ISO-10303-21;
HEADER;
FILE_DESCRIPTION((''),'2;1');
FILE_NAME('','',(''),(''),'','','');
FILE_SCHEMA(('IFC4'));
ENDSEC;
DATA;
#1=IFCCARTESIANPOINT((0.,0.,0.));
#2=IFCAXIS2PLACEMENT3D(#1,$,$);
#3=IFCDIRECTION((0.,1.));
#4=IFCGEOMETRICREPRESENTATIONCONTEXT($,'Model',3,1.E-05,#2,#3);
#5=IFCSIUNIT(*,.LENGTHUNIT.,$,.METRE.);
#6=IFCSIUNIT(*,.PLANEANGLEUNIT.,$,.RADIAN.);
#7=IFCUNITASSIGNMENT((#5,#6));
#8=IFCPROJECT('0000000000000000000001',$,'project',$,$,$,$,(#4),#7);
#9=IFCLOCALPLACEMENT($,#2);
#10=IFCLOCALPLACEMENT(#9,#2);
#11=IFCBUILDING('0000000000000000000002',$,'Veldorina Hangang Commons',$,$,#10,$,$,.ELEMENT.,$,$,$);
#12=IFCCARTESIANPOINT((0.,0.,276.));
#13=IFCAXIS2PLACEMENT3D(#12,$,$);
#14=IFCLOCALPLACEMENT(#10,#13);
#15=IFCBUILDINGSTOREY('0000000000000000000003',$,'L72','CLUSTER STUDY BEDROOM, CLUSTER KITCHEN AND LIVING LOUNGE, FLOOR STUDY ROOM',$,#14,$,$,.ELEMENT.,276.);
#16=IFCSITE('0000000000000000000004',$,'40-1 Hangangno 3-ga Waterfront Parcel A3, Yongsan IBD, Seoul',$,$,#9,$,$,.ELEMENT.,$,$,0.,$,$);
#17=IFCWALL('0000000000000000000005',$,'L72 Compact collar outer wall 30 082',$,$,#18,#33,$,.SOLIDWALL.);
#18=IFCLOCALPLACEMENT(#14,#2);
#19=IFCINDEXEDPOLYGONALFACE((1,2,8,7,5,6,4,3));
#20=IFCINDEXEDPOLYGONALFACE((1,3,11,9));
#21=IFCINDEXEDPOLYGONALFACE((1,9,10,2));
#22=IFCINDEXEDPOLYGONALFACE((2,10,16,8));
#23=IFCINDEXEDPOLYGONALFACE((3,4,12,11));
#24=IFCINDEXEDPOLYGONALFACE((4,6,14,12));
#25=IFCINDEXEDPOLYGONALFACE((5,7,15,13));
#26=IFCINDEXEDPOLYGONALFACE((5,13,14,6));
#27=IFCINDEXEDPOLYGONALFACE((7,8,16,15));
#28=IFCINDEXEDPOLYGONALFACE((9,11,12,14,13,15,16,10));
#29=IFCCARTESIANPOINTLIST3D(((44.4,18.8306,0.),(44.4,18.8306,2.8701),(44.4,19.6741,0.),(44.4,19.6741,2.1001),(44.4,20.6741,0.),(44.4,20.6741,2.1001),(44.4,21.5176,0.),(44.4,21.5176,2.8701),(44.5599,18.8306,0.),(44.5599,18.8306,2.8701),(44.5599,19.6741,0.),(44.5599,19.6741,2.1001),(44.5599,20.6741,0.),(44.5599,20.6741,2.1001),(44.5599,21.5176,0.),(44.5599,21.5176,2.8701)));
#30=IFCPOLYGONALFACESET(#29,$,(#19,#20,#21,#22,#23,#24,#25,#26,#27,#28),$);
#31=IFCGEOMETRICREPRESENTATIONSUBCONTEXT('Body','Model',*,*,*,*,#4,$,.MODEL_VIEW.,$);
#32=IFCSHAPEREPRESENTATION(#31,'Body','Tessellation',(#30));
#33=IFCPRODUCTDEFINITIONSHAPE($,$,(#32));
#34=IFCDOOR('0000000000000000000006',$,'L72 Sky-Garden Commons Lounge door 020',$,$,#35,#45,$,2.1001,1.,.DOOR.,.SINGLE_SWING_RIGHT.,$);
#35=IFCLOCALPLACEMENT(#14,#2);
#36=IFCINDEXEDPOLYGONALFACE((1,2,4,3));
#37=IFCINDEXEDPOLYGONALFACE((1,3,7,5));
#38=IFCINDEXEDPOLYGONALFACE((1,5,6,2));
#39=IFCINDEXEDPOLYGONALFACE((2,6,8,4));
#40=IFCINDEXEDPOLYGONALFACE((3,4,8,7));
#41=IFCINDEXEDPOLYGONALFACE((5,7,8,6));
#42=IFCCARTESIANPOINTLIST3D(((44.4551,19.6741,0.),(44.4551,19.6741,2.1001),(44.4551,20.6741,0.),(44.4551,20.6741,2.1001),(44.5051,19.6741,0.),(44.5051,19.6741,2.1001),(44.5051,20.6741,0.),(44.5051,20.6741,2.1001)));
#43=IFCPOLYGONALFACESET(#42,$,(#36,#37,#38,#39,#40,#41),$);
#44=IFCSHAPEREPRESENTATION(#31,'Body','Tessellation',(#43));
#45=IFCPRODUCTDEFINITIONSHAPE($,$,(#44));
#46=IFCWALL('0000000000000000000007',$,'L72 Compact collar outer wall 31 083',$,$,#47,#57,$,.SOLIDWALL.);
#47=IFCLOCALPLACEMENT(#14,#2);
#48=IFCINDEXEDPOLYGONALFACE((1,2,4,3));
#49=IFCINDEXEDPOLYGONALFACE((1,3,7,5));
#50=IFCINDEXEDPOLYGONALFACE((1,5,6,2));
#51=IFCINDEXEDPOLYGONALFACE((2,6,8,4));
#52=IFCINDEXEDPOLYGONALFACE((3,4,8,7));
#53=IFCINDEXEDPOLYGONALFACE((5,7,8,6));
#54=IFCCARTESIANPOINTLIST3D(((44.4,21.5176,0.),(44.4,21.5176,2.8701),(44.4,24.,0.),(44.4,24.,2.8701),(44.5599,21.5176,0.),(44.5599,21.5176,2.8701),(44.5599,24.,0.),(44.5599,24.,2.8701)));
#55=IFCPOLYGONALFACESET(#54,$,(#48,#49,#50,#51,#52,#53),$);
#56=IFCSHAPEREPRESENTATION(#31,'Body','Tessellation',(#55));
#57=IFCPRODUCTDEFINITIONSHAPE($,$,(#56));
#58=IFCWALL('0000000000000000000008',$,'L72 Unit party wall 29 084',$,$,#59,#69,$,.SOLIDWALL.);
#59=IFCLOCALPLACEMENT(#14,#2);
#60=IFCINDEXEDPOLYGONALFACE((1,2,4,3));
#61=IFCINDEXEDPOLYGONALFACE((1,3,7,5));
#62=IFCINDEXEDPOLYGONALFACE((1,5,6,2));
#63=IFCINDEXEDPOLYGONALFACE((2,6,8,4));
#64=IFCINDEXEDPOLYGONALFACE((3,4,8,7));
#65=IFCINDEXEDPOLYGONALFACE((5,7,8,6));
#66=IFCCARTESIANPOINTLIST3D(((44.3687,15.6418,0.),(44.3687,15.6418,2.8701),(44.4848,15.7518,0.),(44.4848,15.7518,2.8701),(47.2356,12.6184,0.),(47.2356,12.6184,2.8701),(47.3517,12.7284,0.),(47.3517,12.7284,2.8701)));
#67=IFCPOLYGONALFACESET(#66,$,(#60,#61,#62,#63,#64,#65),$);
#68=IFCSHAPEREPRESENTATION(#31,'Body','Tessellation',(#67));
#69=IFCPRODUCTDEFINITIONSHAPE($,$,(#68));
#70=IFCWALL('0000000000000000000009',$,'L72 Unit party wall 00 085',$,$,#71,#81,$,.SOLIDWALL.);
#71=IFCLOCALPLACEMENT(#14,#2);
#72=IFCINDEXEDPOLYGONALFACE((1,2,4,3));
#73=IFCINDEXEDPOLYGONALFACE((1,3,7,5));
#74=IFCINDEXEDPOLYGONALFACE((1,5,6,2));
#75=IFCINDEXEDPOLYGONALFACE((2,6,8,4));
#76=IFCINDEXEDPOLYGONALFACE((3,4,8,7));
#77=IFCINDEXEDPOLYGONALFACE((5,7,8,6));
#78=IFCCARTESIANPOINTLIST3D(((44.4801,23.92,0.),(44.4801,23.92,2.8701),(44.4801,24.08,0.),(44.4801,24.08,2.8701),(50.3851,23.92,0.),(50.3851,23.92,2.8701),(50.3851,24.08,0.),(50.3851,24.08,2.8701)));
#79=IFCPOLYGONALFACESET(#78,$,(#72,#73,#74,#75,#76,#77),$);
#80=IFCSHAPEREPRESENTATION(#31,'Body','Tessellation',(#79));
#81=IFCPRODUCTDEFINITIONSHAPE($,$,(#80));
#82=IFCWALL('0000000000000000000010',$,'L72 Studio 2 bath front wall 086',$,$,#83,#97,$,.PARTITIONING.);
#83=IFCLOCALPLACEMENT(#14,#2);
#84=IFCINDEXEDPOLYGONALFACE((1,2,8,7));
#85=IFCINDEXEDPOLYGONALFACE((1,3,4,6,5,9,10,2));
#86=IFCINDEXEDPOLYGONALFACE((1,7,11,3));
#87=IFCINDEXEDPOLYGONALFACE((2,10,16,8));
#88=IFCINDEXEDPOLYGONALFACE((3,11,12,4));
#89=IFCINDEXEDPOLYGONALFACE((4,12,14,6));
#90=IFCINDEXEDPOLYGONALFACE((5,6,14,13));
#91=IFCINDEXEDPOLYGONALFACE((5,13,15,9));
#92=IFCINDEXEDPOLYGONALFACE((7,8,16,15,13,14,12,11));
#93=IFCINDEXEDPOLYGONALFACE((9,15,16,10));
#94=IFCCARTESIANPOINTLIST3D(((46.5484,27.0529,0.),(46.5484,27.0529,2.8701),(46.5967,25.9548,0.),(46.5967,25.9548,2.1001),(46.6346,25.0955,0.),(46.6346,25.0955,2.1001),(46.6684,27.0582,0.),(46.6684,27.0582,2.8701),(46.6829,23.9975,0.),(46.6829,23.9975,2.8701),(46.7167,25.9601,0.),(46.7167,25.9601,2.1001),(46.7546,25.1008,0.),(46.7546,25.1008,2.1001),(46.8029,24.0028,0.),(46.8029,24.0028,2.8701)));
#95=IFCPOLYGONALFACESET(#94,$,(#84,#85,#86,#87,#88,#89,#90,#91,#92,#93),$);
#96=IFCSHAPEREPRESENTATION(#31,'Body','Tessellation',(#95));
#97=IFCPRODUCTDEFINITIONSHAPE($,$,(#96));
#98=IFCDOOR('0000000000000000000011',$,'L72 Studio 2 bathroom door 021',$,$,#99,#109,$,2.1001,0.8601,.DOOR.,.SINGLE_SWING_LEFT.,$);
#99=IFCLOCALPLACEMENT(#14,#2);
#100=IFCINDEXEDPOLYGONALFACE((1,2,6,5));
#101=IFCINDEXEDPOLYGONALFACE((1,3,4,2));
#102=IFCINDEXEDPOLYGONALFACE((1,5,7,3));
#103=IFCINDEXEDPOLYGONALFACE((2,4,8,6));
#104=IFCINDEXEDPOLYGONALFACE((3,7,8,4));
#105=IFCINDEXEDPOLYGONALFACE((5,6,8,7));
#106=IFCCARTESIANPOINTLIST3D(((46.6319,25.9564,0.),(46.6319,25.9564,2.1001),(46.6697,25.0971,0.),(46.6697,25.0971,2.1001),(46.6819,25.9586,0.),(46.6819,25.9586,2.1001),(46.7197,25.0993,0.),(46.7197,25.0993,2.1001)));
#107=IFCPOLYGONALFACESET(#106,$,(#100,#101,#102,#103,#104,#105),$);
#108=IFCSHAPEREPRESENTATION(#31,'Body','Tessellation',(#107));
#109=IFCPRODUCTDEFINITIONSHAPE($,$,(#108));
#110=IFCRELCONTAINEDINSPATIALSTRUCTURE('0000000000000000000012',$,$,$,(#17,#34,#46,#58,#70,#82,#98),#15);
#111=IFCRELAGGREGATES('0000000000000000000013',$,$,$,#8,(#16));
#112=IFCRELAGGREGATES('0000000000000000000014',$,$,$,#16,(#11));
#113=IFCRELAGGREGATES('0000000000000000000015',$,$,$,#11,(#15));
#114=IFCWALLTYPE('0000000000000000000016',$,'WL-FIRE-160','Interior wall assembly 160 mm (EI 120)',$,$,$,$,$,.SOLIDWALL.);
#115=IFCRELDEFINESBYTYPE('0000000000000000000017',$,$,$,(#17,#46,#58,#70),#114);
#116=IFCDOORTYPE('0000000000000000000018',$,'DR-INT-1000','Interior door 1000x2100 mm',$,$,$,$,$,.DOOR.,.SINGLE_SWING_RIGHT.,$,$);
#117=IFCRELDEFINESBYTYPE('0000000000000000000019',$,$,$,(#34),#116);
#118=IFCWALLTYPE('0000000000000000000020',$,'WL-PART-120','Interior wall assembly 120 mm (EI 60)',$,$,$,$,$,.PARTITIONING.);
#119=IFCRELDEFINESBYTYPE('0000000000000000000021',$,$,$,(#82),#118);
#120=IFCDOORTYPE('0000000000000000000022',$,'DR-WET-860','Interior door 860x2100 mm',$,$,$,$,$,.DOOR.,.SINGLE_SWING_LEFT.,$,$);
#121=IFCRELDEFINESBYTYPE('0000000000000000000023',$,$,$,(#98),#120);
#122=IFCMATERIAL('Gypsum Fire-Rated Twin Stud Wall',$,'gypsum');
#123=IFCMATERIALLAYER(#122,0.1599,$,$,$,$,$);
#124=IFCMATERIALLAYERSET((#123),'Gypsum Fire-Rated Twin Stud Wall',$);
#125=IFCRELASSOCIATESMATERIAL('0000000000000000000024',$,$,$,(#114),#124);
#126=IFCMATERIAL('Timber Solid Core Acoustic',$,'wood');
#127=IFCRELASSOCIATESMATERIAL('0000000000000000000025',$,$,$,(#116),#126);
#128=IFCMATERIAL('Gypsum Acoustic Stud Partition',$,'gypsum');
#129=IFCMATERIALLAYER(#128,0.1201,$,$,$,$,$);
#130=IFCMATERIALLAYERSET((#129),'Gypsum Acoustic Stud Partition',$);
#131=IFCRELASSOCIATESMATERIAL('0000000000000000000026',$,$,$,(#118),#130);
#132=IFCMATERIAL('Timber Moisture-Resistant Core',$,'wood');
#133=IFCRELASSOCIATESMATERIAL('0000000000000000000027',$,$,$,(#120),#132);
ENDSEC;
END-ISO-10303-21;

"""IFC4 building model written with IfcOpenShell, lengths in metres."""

from ifc_helpers import new_model, si_unit, direction, frame, frame_2d, origin, place, context, subcontext, project, spatial, rectangle, extrude, material, layer, layer_set, type_object, element, fill, save


model = new_model("IFC4")

# Units and contexts
model_context = context("Model", 3, precision=1e-05, world=origin(), true_north=direction((0.0, 1.0)))
body_context = subcontext(model_context, "Body", "Model", "MODEL_VIEW")
ifc_project = project(units=[si_unit("LENGTHUNIT", "METRE"), si_unit("PLANEANGLEUNIT", "RADIAN")], contexts=[model_context])

# Site, building, storey
site_placement = place(None, origin())
site = spatial("IfcSite", under=ifc_project, at=site_placement, Name="40-1 Hangangno 3-ga Waterfront Parcel A3, Yongsan IBD, Seoul", CompositionType="ELEMENT", RefElevation=0.0)
building_placement = place(site_placement, origin())
building = spatial("IfcBuilding", under=site, at=building_placement, Name="Veldorina Hangang Commons", CompositionType="ELEMENT")
storey_placement = place(building_placement, frame((0.0, 0.0, 276.0)))
storey = spatial("IfcBuildingStorey", under=building, at=storey_placement, Name="L72", Description="CLUSTER STUDY BEDROOM, CLUSTER KITCHEN AND LIVING LOUNGE, FLOOR STUDY ROOM", CompositionType="ELEMENT", Elevation=276.0)

# Shared definitions
ifc_material_1 = material(Name="Gypsum Fire-Rated Twin Stud Wall", Category="gypsum")
ifc_layer_1 = layer(ifc_material_1, 0.1599)
ifc_layer_set_1 = layer_set([ifc_layer_1], Name="Gypsum Fire-Rated Twin Stud Wall")
wall_type_1 = type_object("IfcWallType", Name="WL-FIRE-160", Description="Interior wall assembly 160 mm (EI 120)", PredefinedType="SOLIDWALL", material=ifc_layer_set_1)

# Wall, opening, door
wall_1_placement = place(storey_placement, frame((44.48, 18.8306, 0.0), z_axis=(0.0, 0.0, 1.0), x_axis=(0.0, 1.0, 0.0)))
wall_1 = element("IfcWall", 1, at=wall_1_placement, inside=storey, type_object=wall_type_1, Name="L72 Compact collar outer wall 30 082", PredefinedType="SOLIDWALL", context=body_context, shape_type="SweptSolid", body=[
    extrude(rectangle(XDim=2.687, YDim=0.1599, at=frame_2d((1.3435, 0.0))), origin(), (0.0, 0.0, 1.0), 2.8701),
])
opening_1_placement = place(wall_1_placement, frame((0.8435, 0.0, 0.0)))
opening_1 = element("IfcOpeningElement", 2, at=opening_1_placement, cuts=wall_1, PredefinedType="OPENING", context=body_context, shape_type="SweptSolid", body=[
    extrude(rectangle(XDim=1.0, YDim=2.1001, at=frame_2d((0.5, 1.05))), frame((0.0, 0.0898, 0.0), z_axis=(0.0, -1.0, 0.0), x_axis=(1.0, 0.0, 0.0)), (0.0, 0.0, 1.0), 0.1799),
])
ifc_material_2 = material(Name="Timber Solid Core Acoustic", Category="wood")
door_type_1 = type_object("IfcDoorType", Name="DR-INT-1000", Description="Interior door 1000x2100 mm", OperationType="SINGLE_SWING_RIGHT", PredefinedType="DOOR", material=ifc_material_2)
door_1_placement = place(opening_1_placement, origin())
door_1 = element("IfcDoor", 3, at=door_1_placement, inside=storey, type_object=door_type_1, Name="L72 Sky-Garden Commons Lounge door 020", OperationType="SINGLE_SWING_RIGHT", OverallHeight=2.1001, OverallWidth=1.0, PredefinedType="DOOR", context=body_context, shape_type="SweptSolid", body=[
    extrude(rectangle(XDim=1.0, YDim=2.1001, at=frame_2d((0.5, 1.05))), frame((0.0, 0.0249, 0.0), z_axis=(0.0, -1.0, 0.0), x_axis=(1.0, 0.0, 0.0)), (0.0, 0.0, 1.0), 0.05),
])
fill(opening_1, door_1)

# Walls
wall_2_placement = place(storey_placement, frame((44.48, 21.5176, 0.0), z_axis=(0.0, 0.0, 1.0), x_axis=(0.0, 1.0, 0.0)))
element("IfcWall", 4, at=wall_2_placement, inside=storey, type_object=wall_type_1, Name="L72 Compact collar outer wall 31 083", PredefinedType="SOLIDWALL", context=body_context, shape_type="SweptSolid", body=[
    extrude(rectangle(XDim=2.4824, YDim=0.1599, at=frame_2d((1.2412, 0.0))), origin(), (0.0, 0.0, 1.0), 2.8701),
])
wall_3_placement = place(storey_placement, frame((44.4268, 15.6968, 0.0), z_axis=(0.0, 0.0, 1.0), x_axis=(0.688078, -0.725637, 0.0)))
element("IfcWall", 5, at=wall_3_placement, inside=storey, type_object=wall_type_1, Name="L72 Unit party wall 29 084", PredefinedType="SOLIDWALL", context=body_context, shape_type="SweptSolid", body=[
    extrude(rectangle(XDim=4.1665, YDim=0.1599, at=frame_2d((2.0833, 0.0))), origin(), (0.0, 0.0, 1.0), 2.8701),
])
wall_4_placement = place(storey_placement, frame((44.48, 24.0, 0.0), z_axis=(0.0, 0.0, 1.0), x_axis=(1.0, 0.0, 0.0)))
element("IfcWall", 6, at=wall_4_placement, inside=storey, type_object=wall_type_1, Name="L72 Unit party wall 00 085", PredefinedType="SOLIDWALL", context=body_context, shape_type="SweptSolid", body=[
    extrude(rectangle(XDim=5.905, YDim=0.1599, at=frame_2d((2.9526, 0.0))), origin(), (0.0, 0.0, 1.0), 2.8701),
])

# Wall, opening, door
ifc_material_3 = material(Name="Gypsum Acoustic Stud Partition", Category="gypsum")
ifc_layer_2 = layer(ifc_material_3, 0.1201)
ifc_layer_set_2 = layer_set([ifc_layer_2], Name="Gypsum Acoustic Stud Partition")
wall_type_2 = type_object("IfcWallType", Name="WL-PART-120", Description="Interior wall assembly 120 mm (EI 60)", PredefinedType="PARTITIONING", material=ifc_layer_set_2)
wall_5_placement = place(storey_placement, frame((46.7429, 24.0, 0.0), z_axis=(0.0, 0.0, 1.0), x_axis=(-0.043985, 0.999032, 0.0)))
wall_5 = element("IfcWall", 7, at=wall_5_placement, inside=storey, type_object=wall_type_2, Name="L72 Studio 2 bath front wall 086", PredefinedType="PARTITIONING", context=body_context, shape_type="SweptSolid", body=[
    extrude(rectangle(XDim=3.0583, YDim=0.1201, at=frame_2d((1.5293, 0.0))), origin(), (0.0, 0.0, 1.0), 2.8701),
])
opening_2_placement = place(wall_5_placement, frame((1.0991, 0.0, 0.0)))
opening_2 = element("IfcOpeningElement", 8, at=opening_2_placement, cuts=wall_5, PredefinedType="OPENING", context=body_context, shape_type="SweptSolid", body=[
    extrude(rectangle(XDim=0.8601, YDim=2.1001, at=frame_2d((0.4302, 1.05))), frame((0.0, 0.0701, 0.0), z_axis=(0.0, -1.0, 0.0), x_axis=(1.0, 0.0, 0.0)), (0.0, 0.0, 1.0), 0.1401),
])
ifc_material_4 = material(Name="Timber Moisture-Resistant Core", Category="wood")
door_type_2 = type_object("IfcDoorType", Name="DR-WET-860", Description="Interior door 860x2100 mm", OperationType="SINGLE_SWING_LEFT", PredefinedType="DOOR", material=ifc_material_4)
door_2_placement = place(opening_2_placement, origin())
door_2 = element("IfcDoor", 9, at=door_2_placement, inside=storey, type_object=door_type_2, Name="L72 Studio 2 bathroom door 021", OperationType="SINGLE_SWING_LEFT", OverallHeight=2.1001, OverallWidth=0.8601, PredefinedType="DOOR", context=body_context, shape_type="SweptSolid", body=[
    extrude(rectangle(XDim=0.8601, YDim=2.1001, at=frame_2d((0.4302, 1.05))), frame((0.0, 0.0249, 0.0), z_axis=(0.0, -1.0, 0.0), x_axis=(1.0, 0.0, 0.0)), (0.0, 0.0, 1.0), 0.05),
])
fill(opening_2, door_2)

save(model, "model.ifc")
